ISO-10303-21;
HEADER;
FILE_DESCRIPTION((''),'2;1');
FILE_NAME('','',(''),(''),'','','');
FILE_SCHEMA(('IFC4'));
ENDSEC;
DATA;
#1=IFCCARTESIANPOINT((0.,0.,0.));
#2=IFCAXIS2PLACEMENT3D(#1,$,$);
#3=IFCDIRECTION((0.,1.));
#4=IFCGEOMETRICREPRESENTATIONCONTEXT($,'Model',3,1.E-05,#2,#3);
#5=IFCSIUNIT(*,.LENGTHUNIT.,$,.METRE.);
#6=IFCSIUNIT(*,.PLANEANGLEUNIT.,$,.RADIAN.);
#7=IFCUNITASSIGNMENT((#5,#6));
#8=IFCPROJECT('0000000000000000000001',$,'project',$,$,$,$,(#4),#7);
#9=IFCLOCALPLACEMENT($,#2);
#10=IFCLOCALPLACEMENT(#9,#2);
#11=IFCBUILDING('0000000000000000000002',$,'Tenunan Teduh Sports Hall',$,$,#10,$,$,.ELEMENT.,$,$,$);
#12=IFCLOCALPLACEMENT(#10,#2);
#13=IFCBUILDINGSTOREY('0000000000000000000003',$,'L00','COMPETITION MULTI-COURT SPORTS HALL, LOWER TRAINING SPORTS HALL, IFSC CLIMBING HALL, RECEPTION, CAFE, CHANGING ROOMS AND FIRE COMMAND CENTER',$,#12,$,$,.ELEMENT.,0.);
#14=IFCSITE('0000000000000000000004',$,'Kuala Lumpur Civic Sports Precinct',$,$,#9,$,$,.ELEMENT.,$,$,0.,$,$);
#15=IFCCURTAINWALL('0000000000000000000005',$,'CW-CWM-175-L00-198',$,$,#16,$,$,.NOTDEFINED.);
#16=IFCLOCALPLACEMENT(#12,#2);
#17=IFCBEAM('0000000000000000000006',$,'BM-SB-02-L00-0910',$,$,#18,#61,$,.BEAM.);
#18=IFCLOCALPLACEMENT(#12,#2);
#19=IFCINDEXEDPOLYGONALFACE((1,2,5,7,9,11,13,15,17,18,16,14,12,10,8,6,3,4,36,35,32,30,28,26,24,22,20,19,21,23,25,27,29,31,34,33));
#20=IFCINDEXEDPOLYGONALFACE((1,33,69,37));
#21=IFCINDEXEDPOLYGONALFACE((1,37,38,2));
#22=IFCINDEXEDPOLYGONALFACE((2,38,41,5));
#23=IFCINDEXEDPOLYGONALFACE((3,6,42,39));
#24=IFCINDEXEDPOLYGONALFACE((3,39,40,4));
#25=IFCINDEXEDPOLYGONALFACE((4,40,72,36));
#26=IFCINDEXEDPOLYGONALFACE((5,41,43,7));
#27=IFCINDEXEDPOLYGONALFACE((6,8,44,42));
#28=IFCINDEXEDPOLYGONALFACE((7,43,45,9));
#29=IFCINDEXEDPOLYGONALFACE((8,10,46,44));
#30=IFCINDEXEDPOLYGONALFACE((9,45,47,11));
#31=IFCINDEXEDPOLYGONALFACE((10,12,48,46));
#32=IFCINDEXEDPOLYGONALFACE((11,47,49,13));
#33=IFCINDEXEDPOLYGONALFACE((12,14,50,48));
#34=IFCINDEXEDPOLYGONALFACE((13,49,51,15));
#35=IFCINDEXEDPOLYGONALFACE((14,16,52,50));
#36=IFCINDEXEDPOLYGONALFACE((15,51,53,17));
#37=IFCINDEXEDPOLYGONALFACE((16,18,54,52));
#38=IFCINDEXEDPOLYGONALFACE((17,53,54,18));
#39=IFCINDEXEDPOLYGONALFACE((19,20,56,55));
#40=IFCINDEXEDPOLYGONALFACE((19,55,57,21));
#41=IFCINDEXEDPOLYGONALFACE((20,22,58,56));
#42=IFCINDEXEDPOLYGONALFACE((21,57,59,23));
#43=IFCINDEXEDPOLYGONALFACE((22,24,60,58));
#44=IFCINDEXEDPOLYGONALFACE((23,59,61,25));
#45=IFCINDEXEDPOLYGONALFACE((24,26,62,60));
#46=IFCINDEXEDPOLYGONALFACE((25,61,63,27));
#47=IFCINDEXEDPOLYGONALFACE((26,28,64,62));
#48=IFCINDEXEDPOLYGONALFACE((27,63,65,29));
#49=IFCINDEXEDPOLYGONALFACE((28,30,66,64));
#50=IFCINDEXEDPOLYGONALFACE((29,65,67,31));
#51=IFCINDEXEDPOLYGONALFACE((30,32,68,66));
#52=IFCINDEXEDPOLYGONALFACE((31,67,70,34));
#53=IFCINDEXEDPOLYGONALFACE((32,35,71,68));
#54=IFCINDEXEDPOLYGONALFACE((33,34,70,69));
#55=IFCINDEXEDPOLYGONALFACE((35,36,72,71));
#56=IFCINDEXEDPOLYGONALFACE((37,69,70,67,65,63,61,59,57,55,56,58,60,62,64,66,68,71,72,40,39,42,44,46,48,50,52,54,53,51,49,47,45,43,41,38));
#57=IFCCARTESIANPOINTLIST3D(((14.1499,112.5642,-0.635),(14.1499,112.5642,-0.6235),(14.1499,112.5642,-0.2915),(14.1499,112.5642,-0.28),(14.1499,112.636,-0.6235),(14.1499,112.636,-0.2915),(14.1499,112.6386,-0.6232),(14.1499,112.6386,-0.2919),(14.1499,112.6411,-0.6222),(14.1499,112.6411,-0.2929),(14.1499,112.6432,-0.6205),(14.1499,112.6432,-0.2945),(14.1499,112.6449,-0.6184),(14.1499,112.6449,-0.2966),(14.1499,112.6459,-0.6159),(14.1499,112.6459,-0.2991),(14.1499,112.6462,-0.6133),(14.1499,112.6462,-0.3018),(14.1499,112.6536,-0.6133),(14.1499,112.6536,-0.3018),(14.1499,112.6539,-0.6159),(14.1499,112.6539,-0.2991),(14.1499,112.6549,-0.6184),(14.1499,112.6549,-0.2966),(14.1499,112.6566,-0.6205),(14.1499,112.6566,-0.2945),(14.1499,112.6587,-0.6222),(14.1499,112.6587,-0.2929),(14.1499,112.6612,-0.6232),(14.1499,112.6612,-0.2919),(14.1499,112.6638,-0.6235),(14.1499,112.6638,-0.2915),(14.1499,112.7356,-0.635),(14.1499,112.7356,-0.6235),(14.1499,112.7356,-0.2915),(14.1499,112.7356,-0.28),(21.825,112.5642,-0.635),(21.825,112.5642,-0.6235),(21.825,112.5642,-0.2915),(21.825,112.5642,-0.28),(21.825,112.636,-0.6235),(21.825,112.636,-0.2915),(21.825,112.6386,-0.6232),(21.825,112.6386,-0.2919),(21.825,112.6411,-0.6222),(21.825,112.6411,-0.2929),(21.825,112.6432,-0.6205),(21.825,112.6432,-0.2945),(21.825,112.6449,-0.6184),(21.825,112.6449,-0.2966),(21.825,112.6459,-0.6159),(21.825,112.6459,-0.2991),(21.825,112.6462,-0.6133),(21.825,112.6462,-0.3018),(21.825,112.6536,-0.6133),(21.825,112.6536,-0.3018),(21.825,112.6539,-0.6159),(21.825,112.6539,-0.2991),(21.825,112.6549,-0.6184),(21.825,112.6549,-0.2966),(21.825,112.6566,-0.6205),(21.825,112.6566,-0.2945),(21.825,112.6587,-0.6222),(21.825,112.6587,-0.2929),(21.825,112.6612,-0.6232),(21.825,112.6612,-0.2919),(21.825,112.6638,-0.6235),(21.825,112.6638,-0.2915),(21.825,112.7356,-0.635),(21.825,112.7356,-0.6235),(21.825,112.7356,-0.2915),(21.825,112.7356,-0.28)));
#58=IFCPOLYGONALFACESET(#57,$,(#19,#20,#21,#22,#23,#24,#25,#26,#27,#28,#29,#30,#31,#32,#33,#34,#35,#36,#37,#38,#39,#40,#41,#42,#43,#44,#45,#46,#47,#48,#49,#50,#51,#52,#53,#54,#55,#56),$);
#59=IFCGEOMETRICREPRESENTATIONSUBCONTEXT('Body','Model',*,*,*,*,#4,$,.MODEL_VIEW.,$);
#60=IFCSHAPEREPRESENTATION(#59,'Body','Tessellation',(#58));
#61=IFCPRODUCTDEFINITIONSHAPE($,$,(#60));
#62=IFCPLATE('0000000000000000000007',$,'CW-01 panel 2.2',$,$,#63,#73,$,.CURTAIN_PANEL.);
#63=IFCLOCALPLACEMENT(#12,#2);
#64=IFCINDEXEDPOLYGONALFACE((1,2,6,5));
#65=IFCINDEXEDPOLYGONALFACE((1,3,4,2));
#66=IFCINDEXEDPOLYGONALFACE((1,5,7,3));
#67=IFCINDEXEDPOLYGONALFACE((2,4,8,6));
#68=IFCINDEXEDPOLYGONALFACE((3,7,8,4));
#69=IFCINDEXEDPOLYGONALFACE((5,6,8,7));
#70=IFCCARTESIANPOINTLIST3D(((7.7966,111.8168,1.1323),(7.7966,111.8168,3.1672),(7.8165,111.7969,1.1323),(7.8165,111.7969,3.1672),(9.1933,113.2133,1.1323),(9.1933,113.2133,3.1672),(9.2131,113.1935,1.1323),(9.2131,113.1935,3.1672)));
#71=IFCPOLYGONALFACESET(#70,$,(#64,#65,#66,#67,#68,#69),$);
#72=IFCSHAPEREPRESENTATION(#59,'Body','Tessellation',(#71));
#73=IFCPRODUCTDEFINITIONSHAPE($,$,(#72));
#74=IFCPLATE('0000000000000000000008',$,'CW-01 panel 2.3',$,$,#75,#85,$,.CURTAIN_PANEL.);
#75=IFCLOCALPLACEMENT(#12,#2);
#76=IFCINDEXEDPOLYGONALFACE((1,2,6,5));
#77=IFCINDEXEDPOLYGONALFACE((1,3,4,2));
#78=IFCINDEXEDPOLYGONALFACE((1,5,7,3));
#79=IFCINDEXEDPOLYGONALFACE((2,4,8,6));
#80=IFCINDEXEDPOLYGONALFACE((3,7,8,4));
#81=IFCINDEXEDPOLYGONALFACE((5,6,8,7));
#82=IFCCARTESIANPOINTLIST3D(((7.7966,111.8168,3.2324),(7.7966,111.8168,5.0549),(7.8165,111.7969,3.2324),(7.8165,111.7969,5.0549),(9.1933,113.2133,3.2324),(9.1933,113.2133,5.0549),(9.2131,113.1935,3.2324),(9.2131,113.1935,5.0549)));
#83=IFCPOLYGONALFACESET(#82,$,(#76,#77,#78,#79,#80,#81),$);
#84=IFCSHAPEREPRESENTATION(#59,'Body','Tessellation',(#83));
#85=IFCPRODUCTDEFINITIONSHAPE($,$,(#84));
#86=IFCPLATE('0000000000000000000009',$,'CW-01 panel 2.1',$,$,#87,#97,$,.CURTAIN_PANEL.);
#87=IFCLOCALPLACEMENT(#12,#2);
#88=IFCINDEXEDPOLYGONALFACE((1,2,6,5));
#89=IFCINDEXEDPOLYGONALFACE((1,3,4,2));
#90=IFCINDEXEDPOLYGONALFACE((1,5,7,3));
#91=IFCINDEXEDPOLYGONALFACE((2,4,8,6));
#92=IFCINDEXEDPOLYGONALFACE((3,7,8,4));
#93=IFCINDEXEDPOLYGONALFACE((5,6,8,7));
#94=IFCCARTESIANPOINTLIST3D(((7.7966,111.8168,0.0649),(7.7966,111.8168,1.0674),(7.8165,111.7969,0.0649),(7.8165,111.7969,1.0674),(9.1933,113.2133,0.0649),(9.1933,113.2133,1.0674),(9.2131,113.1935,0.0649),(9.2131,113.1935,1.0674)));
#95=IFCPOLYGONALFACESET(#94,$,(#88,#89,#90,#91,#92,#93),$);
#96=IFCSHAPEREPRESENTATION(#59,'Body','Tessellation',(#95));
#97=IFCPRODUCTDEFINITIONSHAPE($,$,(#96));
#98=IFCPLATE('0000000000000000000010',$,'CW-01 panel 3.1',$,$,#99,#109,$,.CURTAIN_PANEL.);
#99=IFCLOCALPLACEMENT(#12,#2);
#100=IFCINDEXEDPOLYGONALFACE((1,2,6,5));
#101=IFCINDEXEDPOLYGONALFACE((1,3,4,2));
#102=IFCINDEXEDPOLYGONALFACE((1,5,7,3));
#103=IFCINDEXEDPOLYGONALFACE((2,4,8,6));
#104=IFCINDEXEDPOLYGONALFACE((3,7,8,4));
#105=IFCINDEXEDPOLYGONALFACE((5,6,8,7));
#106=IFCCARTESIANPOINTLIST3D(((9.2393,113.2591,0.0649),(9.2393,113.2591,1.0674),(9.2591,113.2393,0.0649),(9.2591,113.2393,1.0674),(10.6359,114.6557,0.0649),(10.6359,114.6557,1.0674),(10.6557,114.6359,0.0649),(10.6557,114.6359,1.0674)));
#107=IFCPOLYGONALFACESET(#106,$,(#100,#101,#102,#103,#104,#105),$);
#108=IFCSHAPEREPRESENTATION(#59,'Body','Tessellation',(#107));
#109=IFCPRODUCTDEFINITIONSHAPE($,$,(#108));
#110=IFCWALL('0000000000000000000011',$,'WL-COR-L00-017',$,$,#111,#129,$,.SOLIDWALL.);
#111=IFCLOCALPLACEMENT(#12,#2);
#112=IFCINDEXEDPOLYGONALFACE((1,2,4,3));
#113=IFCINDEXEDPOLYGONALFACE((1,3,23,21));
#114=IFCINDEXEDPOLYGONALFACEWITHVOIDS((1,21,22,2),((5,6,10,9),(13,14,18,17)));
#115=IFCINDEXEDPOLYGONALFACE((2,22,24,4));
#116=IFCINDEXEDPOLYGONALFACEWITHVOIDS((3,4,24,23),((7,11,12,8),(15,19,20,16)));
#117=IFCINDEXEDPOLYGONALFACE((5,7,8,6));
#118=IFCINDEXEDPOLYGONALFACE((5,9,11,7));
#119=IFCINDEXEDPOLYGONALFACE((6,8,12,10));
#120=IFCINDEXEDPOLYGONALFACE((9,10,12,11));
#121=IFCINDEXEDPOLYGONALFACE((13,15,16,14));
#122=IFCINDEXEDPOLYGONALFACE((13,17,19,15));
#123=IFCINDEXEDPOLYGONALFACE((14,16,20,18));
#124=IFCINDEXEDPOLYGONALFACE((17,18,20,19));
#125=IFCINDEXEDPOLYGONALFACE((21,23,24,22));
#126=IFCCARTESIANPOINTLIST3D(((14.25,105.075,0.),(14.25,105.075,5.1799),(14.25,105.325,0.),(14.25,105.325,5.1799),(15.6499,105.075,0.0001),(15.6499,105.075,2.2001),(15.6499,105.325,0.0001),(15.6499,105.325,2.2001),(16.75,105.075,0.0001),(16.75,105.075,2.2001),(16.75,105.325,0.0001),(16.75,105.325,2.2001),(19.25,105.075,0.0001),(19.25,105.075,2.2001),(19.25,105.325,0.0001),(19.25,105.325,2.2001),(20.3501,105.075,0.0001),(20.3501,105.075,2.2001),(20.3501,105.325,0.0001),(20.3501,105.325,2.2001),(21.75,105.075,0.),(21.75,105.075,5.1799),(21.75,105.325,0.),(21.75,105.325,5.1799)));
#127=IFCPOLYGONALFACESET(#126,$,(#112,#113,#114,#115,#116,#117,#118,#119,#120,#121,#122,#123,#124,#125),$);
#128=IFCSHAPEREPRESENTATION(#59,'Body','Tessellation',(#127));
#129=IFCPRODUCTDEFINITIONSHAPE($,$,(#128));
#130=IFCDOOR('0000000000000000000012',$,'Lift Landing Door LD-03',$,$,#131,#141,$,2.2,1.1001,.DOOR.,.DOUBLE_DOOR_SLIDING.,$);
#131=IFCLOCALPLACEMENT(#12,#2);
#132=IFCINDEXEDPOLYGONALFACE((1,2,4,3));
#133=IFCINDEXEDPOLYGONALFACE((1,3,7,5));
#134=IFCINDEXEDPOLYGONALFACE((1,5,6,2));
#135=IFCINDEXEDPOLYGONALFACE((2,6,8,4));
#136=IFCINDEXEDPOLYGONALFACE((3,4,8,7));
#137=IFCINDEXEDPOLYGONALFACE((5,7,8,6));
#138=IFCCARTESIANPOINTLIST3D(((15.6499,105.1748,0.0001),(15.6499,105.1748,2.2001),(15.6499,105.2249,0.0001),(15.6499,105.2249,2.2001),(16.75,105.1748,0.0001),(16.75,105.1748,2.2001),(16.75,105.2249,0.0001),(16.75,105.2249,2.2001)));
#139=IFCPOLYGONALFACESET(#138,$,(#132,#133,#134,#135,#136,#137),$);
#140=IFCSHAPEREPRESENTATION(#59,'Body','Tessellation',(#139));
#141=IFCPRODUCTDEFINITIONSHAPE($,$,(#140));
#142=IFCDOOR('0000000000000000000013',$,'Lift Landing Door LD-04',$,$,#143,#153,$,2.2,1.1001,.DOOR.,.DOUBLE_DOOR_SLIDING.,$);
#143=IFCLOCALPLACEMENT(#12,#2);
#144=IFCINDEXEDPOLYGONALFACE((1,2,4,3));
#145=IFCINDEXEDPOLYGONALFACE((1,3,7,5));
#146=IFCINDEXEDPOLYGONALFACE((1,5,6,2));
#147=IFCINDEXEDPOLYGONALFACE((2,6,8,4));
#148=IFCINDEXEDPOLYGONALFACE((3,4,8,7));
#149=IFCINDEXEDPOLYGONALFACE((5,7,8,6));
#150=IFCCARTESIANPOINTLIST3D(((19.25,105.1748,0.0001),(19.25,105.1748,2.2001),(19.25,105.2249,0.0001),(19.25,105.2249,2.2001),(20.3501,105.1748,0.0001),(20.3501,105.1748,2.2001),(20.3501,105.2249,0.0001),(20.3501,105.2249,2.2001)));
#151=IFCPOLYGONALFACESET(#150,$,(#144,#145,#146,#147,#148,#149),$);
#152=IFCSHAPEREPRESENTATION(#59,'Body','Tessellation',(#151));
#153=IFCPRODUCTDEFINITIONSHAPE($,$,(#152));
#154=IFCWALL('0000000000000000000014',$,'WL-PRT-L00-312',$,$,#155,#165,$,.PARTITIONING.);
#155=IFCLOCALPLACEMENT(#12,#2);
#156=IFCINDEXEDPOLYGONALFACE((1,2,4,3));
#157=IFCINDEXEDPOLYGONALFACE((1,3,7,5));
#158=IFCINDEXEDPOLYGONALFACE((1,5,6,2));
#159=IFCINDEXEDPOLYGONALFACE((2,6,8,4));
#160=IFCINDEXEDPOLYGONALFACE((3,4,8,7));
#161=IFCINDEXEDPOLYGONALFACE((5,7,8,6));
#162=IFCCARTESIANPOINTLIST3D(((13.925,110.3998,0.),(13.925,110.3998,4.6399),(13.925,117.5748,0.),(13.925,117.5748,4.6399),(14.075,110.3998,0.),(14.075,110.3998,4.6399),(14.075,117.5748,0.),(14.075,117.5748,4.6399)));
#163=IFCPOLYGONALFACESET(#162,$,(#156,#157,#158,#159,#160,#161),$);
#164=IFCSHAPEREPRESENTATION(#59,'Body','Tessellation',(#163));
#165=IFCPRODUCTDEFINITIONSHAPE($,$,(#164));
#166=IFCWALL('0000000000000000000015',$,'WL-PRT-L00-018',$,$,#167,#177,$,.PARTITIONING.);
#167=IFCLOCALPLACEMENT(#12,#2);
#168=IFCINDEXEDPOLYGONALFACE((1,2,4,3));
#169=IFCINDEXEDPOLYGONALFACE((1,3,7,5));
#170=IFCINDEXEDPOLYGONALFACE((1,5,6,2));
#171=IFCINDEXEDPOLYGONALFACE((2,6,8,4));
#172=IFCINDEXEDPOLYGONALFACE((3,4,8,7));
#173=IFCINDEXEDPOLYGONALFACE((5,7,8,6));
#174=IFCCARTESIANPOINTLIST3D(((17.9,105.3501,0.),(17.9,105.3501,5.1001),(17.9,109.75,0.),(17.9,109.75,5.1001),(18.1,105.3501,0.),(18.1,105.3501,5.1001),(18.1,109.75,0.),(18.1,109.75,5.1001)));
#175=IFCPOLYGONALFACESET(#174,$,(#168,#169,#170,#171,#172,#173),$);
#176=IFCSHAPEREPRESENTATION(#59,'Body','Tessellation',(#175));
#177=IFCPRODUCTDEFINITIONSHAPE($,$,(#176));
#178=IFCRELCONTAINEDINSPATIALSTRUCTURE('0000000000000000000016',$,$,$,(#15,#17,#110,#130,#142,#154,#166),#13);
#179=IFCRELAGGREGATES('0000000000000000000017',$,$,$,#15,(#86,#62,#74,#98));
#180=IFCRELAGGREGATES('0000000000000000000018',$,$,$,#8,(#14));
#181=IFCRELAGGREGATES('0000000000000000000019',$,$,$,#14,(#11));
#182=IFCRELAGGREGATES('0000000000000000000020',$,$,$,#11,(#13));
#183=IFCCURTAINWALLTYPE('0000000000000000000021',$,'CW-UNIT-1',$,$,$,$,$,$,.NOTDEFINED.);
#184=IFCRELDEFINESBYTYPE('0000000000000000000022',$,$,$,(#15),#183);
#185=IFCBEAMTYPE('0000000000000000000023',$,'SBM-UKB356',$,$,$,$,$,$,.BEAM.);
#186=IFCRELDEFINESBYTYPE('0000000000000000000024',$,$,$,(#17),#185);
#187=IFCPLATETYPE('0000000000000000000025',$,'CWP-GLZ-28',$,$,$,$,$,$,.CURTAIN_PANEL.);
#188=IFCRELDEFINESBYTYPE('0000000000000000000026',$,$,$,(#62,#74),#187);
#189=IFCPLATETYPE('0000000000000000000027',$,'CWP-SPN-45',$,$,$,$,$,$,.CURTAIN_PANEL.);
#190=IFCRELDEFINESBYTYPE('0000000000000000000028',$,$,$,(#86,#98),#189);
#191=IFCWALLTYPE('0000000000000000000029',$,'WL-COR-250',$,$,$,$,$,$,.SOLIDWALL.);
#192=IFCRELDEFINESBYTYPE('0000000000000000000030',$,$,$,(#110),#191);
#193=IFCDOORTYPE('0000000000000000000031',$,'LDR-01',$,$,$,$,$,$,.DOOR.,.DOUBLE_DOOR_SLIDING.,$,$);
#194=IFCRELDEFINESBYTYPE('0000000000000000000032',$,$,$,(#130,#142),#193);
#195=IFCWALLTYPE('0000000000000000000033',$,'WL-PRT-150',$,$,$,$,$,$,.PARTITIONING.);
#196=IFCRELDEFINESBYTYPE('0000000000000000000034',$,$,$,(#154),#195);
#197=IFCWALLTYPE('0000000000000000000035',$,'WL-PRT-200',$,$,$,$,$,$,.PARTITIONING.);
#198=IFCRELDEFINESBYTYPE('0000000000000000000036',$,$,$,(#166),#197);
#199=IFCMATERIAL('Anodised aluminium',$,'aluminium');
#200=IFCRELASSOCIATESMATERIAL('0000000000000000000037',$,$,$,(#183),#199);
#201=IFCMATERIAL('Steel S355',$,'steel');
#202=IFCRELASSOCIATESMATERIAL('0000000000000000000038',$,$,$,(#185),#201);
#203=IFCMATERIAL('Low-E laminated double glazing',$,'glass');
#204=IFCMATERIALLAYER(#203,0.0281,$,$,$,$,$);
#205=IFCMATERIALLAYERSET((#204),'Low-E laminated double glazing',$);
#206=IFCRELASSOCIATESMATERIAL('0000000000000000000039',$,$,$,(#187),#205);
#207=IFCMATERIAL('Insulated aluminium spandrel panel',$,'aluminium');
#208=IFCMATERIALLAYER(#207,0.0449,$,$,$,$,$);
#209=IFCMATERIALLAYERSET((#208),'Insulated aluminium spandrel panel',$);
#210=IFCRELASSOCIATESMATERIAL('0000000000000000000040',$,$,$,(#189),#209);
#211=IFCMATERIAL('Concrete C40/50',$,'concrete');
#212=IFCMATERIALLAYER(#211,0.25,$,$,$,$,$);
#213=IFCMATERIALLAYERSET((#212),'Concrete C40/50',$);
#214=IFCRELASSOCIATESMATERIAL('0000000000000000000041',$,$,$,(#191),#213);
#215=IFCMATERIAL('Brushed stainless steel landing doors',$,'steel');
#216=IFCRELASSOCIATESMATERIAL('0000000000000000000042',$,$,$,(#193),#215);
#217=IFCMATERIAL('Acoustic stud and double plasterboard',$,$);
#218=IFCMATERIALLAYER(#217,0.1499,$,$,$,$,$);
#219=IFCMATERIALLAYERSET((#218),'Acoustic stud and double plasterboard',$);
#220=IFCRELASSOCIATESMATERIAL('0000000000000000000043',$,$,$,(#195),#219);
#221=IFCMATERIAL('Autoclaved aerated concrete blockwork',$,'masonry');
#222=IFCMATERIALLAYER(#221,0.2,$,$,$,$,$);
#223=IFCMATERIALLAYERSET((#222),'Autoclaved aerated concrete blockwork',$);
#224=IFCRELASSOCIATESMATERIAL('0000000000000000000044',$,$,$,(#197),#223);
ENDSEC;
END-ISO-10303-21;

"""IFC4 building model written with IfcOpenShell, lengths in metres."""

from ifc_helpers import new_model, si_unit, direction, frame, frame_2d, origin, origin_2d, place, context, subcontext, project, spatial, rectangle, i_section, extrude, material, layer, layer_set, material_profile, profile_set, type_object, element, fill, aggregate, save


model = new_model("IFC4")

# Units and contexts
model_context = context("Model", 3, precision=1e-05, world=origin(), true_north=direction((0.0, 1.0)))
body_context = subcontext(model_context, "Body", "Model", "MODEL_VIEW")
ifc_project = project(units=[si_unit("LENGTHUNIT", "METRE"), si_unit("PLANEANGLEUNIT", "RADIAN")], contexts=[model_context])

# Site, building, storey
site_placement = place(None, origin())
site = spatial("IfcSite", under=ifc_project, at=site_placement, Name="Kuala Lumpur Civic Sports Precinct", CompositionType="ELEMENT", RefElevation=0.0)
building_placement = place(site_placement, origin())
building = spatial("IfcBuilding", under=site, at=building_placement, Name="Tenunan Teduh Sports Hall", CompositionType="ELEMENT")
storey_placement = place(building_placement, origin())
storey = spatial("IfcBuildingStorey", under=building, at=storey_placement, Name="L00", Description="COMPETITION MULTI-COURT SPORTS HALL, LOWER TRAINING SPORTS HALL, IFSC CLIMBING HALL, RECEPTION, CAFE, CHANGING ROOMS AND FIRE COMMAND CENTER", CompositionType="ELEMENT", Elevation=0.0)

# Curtain wall
ifc_material_1 = material(Name="Anodised aluminium", Category="aluminium")
curtain_wall_type = type_object("IfcCurtainWallType", Name="CW-UNIT-1", PredefinedType="NOTDEFINED", material=ifc_material_1)
curtain_wall_placement = place(storey_placement, origin())
curtain_wall = element("IfcCurtainWall", 1, at=curtain_wall_placement, inside=storey, type_object=curtain_wall_type, Name="CW-CWM-175-L00-198", PredefinedType="NOTDEFINED")

# Beam
ifc_material_2 = material(Name="Steel S355", Category="steel")
ifc_material_profile_1 = material_profile(ifc_material_2, i_section(OverallWidth=0.1714, OverallDepth=0.355, WebThickness=0.0073, FlangeThickness=0.0115, FilletRadius=0.0103, at=origin_2d()), Name="UKB 356x171x51")
ifc_profile_set_1 = profile_set([ifc_material_profile_1], Name="Steel S355")
beam_type_1 = type_object("IfcBeamType", Name="SBM-UKB356", PredefinedType="BEAM", material=ifc_profile_set_1)
beam_1_placement = place(storey_placement, frame((14.1499, 112.6499, -0.4575), z_axis=(1.0, 0.0, 0.0), x_axis=(0.0, 1.0, 0.0)))
element("IfcBeam", 2, at=beam_1_placement, inside=storey, type_object=beam_type_1, Name="BM-SB-02-L00-0910", PredefinedType="BEAM", context=body_context, shape_type="SweptSolid", body=[
    extrude(i_section(OverallWidth=0.1714, OverallDepth=0.355, WebThickness=0.0073, FlangeThickness=0.0115, FilletRadius=0.0103, at=origin_2d()), origin(), (0.0, 0.0, 1.0), 7.675),
])

# Plates
ifc_material_3 = material(Name="Low-E laminated double glazing", Category="glass")
ifc_layer_1 = layer(ifc_material_3, 0.0281)
ifc_layer_set_1 = layer_set([ifc_layer_1], Name="Low-E laminated double glazing")
plate_type_1 = type_object("IfcPlateType", Name="CWP-GLZ-28", PredefinedType="CURTAIN_PANEL", material=ifc_layer_set_1)
plate_1_placement = place(storey_placement, frame((8.5049, 112.5051, 1.1323), z_axis=(0.0, 0.0, 1.0), x_axis=(0.707117, 0.707097, 0.0)))
plate_1 = element("IfcPlate", 3, at=plate_1_placement, type_object=plate_type_1, Name="CW-01 panel 2.2", PredefinedType="CURTAIN_PANEL", context=body_context, shape_type="SweptSolid", body=[
    extrude(rectangle(XDim=1.9751, YDim=0.0281, at=origin_2d()), origin(), (0.0, 0.0, 1.0), 2.0349),
])
plate_2_placement = place(storey_placement, frame((8.5049, 112.5051, 3.2324), z_axis=(0.0, 0.0, 1.0), x_axis=(0.707117, 0.707097, 0.0)))
plate_2 = element("IfcPlate", 4, at=plate_2_placement, type_object=plate_type_1, Name="CW-01 panel 2.3", PredefinedType="CURTAIN_PANEL", context=body_context, shape_type="SweptSolid", body=[
    extrude(rectangle(XDim=1.9751, YDim=0.0281, at=origin_2d()), origin(), (0.0, 0.0, 1.0), 1.8225),
])
ifc_material_4 = material(Name="Insulated aluminium spandrel panel", Category="aluminium")
ifc_layer_2 = layer(ifc_material_4, 0.0449)
ifc_layer_set_2 = layer_set([ifc_layer_2], Name="Insulated aluminium spandrel panel")
plate_type_2 = type_object("IfcPlateType", Name="CWP-SPN-45", PredefinedType="CURTAIN_PANEL", material=ifc_layer_set_2)
plate_3_placement = place(storey_placement, frame((8.5049, 112.5051, 0.0649), z_axis=(0.0, 0.0, 1.0), x_axis=(0.707117, 0.707097, 0.0)))
plate_3 = element("IfcPlate", 5, at=plate_3_placement, type_object=plate_type_2, Name="CW-01 panel 2.1", PredefinedType="CURTAIN_PANEL", context=body_context, shape_type="SweptSolid", body=[
    extrude(rectangle(XDim=1.9751, YDim=0.0281, at=origin_2d()), origin(), (0.0, 0.0, 1.0), 1.0024),
])
plate_4_placement = place(storey_placement, frame((9.9475, 113.9475, 0.0649), z_axis=(0.0, 0.0, 1.0), x_axis=(0.707117, 0.707097, 0.0)))
plate_4 = element("IfcPlate", 6, at=plate_4_placement, type_object=plate_type_2, Name="CW-01 panel 3.1", PredefinedType="CURTAIN_PANEL", context=body_context, shape_type="SweptSolid", body=[
    extrude(rectangle(XDim=1.9751, YDim=0.0281, at=origin_2d()), origin(), (0.0, 0.0, 1.0), 1.0024),
])
aggregate(curtain_wall, [plate_3, plate_1, plate_2, plate_4])

# Wall, openings, doors
ifc_material_5 = material(Name="Concrete C40/50", Category="concrete")
ifc_layer_3 = layer(ifc_material_5, 0.25)
ifc_layer_set_3 = layer_set([ifc_layer_3], Name="Concrete C40/50")
wall_type_1 = type_object("IfcWallType", Name="WL-COR-250", PredefinedType="SOLIDWALL", material=ifc_layer_set_3)
wall_1_placement = place(storey_placement, frame((14.25, 105.2, 0.0), z_axis=(0.0, 0.0, 1.0), x_axis=(1.0, 0.0, 0.0)))
wall_1 = element("IfcWall", 7, at=wall_1_placement, inside=storey, type_object=wall_type_1, Name="WL-COR-L00-017", PredefinedType="SOLIDWALL", context=body_context, shape_type="SweptSolid", body=[
    extrude(rectangle(XDim=7.5, YDim=0.25, at=frame_2d((3.75, 0.0))), origin(), (0.0, 0.0, 1.0), 5.1799),
])
opening_1_placement = place(wall_1_placement, frame((1.3999, 0.0, 0.0)))
opening_1 = element("IfcOpeningElement", 8, at=opening_1_placement, cuts=wall_1, PredefinedType="OPENING", context=body_context, shape_type="SweptSolid", body=[
    extrude(rectangle(XDim=1.1001, YDim=2.2, at=frame_2d((0.55, 1.1001))), frame((0.0, 0.135, 0.0), z_axis=(0.0, -1.0, 0.0), x_axis=(1.0, 0.0, 0.0)), (0.0, 0.0, 1.0), 0.27),
])
opening_2_placement = place(wall_1_placement, frame((5.0, 0.0, 0.0)))
opening_2 = element("IfcOpeningElement", 9, at=opening_2_placement, cuts=wall_1, PredefinedType="OPENING", context=body_context, shape_type="SweptSolid", body=[
    extrude(rectangle(XDim=1.1001, YDim=2.2, at=frame_2d((0.55, 1.1001))), frame((0.0, 0.135, 0.0), z_axis=(0.0, -1.0, 0.0), x_axis=(1.0, 0.0, 0.0)), (0.0, 0.0, 1.0), 0.27),
])
ifc_material_6 = material(Name="Brushed stainless steel landing doors", Category="steel")
door_type = type_object("IfcDoorType", Name="LDR-01", OperationType="DOUBLE_DOOR_SLIDING", PredefinedType="DOOR", material=ifc_material_6)
door_1_placement = place(opening_1_placement, origin())
door_1 = element("IfcDoor", 10, at=door_1_placement, inside=storey, type_object=door_type, Name="Lift Landing Door LD-03", OperationType="DOUBLE_DOOR_SLIDING", OverallHeight=2.2, OverallWidth=1.1001, PredefinedType="DOOR", context=body_context, shape_type="SweptSolid", body=[
    extrude(rectangle(XDim=1.1001, YDim=2.2, at=frame_2d((0.55, 1.1001))), frame((0.0, 0.0249, 0.0), z_axis=(0.0, -1.0, 0.0), x_axis=(1.0, 0.0, 0.0)), (0.0, 0.0, 1.0), 0.05),
])
fill(opening_1, door_1)
door_2_placement = place(opening_2_placement, origin())
door_2 = element("IfcDoor", 11, at=door_2_placement, inside=storey, type_object=door_type, Name="Lift Landing Door LD-04", OperationType="DOUBLE_DOOR_SLIDING", OverallHeight=2.2, OverallWidth=1.1001, PredefinedType="DOOR", context=body_context, shape_type="SweptSolid", body=[
    extrude(rectangle(XDim=1.1001, YDim=2.2, at=frame_2d((0.55, 1.1001))), frame((0.0, 0.0249, 0.0), z_axis=(0.0, -1.0, 0.0), x_axis=(1.0, 0.0, 0.0)), (0.0, 0.0, 1.0), 0.05),
])
fill(opening_2, door_2)

# Walls
ifc_material_7 = material(Name="Acoustic stud and double plasterboard")
ifc_layer_4 = layer(ifc_material_7, 0.1499)
ifc_layer_set_4 = layer_set([ifc_layer_4], Name="Acoustic stud and double plasterboard")
wall_type_2 = type_object("IfcWallType", Name="WL-PRT-150", PredefinedType="PARTITIONING", material=ifc_layer_set_4)
wall_2_placement = place(storey_placement, frame((14.0, 110.3999, 0.0), z_axis=(0.0, 0.0, 1.0), x_axis=(0.0, 1.0, 0.0)))
element("IfcWall", 12, at=wall_2_placement, inside=storey, type_object=wall_type_2, Name="WL-PRT-L00-312", PredefinedType="PARTITIONING", context=body_context, shape_type="SweptSolid", body=[
    extrude(rectangle(XDim=7.175, YDim=0.1499, at=frame_2d((3.5874, 0.0))), origin(), (0.0, 0.0, 1.0), 4.6399),
])
ifc_material_8 = material(Name="Autoclaved aerated concrete blockwork", Category="masonry")
ifc_layer_5 = layer(ifc_material_8, 0.2)
ifc_layer_set_5 = layer_set([ifc_layer_5], Name="Autoclaved aerated concrete blockwork")
wall_type_3 = type_object("IfcWallType", Name="WL-PRT-200", PredefinedType="PARTITIONING", material=ifc_layer_set_5)
wall_3_placement = place(storey_placement, frame((18.0, 105.3501, 0.0), z_axis=(0.0, 0.0, 1.0), x_axis=(0.0, 1.0, 0.0)))
element("IfcWall", 13, at=wall_3_placement, inside=storey, type_object=wall_type_3, Name="WL-PRT-L00-018", PredefinedType="PARTITIONING", context=body_context, shape_type="SweptSolid", body=[
    extrude(rectangle(XDim=4.3999, YDim=0.2, at=frame_2d((2.2, 0.0))), origin(), (0.0, 0.0, 1.0), 5.1001),
])

save(model, "model.ifc")
